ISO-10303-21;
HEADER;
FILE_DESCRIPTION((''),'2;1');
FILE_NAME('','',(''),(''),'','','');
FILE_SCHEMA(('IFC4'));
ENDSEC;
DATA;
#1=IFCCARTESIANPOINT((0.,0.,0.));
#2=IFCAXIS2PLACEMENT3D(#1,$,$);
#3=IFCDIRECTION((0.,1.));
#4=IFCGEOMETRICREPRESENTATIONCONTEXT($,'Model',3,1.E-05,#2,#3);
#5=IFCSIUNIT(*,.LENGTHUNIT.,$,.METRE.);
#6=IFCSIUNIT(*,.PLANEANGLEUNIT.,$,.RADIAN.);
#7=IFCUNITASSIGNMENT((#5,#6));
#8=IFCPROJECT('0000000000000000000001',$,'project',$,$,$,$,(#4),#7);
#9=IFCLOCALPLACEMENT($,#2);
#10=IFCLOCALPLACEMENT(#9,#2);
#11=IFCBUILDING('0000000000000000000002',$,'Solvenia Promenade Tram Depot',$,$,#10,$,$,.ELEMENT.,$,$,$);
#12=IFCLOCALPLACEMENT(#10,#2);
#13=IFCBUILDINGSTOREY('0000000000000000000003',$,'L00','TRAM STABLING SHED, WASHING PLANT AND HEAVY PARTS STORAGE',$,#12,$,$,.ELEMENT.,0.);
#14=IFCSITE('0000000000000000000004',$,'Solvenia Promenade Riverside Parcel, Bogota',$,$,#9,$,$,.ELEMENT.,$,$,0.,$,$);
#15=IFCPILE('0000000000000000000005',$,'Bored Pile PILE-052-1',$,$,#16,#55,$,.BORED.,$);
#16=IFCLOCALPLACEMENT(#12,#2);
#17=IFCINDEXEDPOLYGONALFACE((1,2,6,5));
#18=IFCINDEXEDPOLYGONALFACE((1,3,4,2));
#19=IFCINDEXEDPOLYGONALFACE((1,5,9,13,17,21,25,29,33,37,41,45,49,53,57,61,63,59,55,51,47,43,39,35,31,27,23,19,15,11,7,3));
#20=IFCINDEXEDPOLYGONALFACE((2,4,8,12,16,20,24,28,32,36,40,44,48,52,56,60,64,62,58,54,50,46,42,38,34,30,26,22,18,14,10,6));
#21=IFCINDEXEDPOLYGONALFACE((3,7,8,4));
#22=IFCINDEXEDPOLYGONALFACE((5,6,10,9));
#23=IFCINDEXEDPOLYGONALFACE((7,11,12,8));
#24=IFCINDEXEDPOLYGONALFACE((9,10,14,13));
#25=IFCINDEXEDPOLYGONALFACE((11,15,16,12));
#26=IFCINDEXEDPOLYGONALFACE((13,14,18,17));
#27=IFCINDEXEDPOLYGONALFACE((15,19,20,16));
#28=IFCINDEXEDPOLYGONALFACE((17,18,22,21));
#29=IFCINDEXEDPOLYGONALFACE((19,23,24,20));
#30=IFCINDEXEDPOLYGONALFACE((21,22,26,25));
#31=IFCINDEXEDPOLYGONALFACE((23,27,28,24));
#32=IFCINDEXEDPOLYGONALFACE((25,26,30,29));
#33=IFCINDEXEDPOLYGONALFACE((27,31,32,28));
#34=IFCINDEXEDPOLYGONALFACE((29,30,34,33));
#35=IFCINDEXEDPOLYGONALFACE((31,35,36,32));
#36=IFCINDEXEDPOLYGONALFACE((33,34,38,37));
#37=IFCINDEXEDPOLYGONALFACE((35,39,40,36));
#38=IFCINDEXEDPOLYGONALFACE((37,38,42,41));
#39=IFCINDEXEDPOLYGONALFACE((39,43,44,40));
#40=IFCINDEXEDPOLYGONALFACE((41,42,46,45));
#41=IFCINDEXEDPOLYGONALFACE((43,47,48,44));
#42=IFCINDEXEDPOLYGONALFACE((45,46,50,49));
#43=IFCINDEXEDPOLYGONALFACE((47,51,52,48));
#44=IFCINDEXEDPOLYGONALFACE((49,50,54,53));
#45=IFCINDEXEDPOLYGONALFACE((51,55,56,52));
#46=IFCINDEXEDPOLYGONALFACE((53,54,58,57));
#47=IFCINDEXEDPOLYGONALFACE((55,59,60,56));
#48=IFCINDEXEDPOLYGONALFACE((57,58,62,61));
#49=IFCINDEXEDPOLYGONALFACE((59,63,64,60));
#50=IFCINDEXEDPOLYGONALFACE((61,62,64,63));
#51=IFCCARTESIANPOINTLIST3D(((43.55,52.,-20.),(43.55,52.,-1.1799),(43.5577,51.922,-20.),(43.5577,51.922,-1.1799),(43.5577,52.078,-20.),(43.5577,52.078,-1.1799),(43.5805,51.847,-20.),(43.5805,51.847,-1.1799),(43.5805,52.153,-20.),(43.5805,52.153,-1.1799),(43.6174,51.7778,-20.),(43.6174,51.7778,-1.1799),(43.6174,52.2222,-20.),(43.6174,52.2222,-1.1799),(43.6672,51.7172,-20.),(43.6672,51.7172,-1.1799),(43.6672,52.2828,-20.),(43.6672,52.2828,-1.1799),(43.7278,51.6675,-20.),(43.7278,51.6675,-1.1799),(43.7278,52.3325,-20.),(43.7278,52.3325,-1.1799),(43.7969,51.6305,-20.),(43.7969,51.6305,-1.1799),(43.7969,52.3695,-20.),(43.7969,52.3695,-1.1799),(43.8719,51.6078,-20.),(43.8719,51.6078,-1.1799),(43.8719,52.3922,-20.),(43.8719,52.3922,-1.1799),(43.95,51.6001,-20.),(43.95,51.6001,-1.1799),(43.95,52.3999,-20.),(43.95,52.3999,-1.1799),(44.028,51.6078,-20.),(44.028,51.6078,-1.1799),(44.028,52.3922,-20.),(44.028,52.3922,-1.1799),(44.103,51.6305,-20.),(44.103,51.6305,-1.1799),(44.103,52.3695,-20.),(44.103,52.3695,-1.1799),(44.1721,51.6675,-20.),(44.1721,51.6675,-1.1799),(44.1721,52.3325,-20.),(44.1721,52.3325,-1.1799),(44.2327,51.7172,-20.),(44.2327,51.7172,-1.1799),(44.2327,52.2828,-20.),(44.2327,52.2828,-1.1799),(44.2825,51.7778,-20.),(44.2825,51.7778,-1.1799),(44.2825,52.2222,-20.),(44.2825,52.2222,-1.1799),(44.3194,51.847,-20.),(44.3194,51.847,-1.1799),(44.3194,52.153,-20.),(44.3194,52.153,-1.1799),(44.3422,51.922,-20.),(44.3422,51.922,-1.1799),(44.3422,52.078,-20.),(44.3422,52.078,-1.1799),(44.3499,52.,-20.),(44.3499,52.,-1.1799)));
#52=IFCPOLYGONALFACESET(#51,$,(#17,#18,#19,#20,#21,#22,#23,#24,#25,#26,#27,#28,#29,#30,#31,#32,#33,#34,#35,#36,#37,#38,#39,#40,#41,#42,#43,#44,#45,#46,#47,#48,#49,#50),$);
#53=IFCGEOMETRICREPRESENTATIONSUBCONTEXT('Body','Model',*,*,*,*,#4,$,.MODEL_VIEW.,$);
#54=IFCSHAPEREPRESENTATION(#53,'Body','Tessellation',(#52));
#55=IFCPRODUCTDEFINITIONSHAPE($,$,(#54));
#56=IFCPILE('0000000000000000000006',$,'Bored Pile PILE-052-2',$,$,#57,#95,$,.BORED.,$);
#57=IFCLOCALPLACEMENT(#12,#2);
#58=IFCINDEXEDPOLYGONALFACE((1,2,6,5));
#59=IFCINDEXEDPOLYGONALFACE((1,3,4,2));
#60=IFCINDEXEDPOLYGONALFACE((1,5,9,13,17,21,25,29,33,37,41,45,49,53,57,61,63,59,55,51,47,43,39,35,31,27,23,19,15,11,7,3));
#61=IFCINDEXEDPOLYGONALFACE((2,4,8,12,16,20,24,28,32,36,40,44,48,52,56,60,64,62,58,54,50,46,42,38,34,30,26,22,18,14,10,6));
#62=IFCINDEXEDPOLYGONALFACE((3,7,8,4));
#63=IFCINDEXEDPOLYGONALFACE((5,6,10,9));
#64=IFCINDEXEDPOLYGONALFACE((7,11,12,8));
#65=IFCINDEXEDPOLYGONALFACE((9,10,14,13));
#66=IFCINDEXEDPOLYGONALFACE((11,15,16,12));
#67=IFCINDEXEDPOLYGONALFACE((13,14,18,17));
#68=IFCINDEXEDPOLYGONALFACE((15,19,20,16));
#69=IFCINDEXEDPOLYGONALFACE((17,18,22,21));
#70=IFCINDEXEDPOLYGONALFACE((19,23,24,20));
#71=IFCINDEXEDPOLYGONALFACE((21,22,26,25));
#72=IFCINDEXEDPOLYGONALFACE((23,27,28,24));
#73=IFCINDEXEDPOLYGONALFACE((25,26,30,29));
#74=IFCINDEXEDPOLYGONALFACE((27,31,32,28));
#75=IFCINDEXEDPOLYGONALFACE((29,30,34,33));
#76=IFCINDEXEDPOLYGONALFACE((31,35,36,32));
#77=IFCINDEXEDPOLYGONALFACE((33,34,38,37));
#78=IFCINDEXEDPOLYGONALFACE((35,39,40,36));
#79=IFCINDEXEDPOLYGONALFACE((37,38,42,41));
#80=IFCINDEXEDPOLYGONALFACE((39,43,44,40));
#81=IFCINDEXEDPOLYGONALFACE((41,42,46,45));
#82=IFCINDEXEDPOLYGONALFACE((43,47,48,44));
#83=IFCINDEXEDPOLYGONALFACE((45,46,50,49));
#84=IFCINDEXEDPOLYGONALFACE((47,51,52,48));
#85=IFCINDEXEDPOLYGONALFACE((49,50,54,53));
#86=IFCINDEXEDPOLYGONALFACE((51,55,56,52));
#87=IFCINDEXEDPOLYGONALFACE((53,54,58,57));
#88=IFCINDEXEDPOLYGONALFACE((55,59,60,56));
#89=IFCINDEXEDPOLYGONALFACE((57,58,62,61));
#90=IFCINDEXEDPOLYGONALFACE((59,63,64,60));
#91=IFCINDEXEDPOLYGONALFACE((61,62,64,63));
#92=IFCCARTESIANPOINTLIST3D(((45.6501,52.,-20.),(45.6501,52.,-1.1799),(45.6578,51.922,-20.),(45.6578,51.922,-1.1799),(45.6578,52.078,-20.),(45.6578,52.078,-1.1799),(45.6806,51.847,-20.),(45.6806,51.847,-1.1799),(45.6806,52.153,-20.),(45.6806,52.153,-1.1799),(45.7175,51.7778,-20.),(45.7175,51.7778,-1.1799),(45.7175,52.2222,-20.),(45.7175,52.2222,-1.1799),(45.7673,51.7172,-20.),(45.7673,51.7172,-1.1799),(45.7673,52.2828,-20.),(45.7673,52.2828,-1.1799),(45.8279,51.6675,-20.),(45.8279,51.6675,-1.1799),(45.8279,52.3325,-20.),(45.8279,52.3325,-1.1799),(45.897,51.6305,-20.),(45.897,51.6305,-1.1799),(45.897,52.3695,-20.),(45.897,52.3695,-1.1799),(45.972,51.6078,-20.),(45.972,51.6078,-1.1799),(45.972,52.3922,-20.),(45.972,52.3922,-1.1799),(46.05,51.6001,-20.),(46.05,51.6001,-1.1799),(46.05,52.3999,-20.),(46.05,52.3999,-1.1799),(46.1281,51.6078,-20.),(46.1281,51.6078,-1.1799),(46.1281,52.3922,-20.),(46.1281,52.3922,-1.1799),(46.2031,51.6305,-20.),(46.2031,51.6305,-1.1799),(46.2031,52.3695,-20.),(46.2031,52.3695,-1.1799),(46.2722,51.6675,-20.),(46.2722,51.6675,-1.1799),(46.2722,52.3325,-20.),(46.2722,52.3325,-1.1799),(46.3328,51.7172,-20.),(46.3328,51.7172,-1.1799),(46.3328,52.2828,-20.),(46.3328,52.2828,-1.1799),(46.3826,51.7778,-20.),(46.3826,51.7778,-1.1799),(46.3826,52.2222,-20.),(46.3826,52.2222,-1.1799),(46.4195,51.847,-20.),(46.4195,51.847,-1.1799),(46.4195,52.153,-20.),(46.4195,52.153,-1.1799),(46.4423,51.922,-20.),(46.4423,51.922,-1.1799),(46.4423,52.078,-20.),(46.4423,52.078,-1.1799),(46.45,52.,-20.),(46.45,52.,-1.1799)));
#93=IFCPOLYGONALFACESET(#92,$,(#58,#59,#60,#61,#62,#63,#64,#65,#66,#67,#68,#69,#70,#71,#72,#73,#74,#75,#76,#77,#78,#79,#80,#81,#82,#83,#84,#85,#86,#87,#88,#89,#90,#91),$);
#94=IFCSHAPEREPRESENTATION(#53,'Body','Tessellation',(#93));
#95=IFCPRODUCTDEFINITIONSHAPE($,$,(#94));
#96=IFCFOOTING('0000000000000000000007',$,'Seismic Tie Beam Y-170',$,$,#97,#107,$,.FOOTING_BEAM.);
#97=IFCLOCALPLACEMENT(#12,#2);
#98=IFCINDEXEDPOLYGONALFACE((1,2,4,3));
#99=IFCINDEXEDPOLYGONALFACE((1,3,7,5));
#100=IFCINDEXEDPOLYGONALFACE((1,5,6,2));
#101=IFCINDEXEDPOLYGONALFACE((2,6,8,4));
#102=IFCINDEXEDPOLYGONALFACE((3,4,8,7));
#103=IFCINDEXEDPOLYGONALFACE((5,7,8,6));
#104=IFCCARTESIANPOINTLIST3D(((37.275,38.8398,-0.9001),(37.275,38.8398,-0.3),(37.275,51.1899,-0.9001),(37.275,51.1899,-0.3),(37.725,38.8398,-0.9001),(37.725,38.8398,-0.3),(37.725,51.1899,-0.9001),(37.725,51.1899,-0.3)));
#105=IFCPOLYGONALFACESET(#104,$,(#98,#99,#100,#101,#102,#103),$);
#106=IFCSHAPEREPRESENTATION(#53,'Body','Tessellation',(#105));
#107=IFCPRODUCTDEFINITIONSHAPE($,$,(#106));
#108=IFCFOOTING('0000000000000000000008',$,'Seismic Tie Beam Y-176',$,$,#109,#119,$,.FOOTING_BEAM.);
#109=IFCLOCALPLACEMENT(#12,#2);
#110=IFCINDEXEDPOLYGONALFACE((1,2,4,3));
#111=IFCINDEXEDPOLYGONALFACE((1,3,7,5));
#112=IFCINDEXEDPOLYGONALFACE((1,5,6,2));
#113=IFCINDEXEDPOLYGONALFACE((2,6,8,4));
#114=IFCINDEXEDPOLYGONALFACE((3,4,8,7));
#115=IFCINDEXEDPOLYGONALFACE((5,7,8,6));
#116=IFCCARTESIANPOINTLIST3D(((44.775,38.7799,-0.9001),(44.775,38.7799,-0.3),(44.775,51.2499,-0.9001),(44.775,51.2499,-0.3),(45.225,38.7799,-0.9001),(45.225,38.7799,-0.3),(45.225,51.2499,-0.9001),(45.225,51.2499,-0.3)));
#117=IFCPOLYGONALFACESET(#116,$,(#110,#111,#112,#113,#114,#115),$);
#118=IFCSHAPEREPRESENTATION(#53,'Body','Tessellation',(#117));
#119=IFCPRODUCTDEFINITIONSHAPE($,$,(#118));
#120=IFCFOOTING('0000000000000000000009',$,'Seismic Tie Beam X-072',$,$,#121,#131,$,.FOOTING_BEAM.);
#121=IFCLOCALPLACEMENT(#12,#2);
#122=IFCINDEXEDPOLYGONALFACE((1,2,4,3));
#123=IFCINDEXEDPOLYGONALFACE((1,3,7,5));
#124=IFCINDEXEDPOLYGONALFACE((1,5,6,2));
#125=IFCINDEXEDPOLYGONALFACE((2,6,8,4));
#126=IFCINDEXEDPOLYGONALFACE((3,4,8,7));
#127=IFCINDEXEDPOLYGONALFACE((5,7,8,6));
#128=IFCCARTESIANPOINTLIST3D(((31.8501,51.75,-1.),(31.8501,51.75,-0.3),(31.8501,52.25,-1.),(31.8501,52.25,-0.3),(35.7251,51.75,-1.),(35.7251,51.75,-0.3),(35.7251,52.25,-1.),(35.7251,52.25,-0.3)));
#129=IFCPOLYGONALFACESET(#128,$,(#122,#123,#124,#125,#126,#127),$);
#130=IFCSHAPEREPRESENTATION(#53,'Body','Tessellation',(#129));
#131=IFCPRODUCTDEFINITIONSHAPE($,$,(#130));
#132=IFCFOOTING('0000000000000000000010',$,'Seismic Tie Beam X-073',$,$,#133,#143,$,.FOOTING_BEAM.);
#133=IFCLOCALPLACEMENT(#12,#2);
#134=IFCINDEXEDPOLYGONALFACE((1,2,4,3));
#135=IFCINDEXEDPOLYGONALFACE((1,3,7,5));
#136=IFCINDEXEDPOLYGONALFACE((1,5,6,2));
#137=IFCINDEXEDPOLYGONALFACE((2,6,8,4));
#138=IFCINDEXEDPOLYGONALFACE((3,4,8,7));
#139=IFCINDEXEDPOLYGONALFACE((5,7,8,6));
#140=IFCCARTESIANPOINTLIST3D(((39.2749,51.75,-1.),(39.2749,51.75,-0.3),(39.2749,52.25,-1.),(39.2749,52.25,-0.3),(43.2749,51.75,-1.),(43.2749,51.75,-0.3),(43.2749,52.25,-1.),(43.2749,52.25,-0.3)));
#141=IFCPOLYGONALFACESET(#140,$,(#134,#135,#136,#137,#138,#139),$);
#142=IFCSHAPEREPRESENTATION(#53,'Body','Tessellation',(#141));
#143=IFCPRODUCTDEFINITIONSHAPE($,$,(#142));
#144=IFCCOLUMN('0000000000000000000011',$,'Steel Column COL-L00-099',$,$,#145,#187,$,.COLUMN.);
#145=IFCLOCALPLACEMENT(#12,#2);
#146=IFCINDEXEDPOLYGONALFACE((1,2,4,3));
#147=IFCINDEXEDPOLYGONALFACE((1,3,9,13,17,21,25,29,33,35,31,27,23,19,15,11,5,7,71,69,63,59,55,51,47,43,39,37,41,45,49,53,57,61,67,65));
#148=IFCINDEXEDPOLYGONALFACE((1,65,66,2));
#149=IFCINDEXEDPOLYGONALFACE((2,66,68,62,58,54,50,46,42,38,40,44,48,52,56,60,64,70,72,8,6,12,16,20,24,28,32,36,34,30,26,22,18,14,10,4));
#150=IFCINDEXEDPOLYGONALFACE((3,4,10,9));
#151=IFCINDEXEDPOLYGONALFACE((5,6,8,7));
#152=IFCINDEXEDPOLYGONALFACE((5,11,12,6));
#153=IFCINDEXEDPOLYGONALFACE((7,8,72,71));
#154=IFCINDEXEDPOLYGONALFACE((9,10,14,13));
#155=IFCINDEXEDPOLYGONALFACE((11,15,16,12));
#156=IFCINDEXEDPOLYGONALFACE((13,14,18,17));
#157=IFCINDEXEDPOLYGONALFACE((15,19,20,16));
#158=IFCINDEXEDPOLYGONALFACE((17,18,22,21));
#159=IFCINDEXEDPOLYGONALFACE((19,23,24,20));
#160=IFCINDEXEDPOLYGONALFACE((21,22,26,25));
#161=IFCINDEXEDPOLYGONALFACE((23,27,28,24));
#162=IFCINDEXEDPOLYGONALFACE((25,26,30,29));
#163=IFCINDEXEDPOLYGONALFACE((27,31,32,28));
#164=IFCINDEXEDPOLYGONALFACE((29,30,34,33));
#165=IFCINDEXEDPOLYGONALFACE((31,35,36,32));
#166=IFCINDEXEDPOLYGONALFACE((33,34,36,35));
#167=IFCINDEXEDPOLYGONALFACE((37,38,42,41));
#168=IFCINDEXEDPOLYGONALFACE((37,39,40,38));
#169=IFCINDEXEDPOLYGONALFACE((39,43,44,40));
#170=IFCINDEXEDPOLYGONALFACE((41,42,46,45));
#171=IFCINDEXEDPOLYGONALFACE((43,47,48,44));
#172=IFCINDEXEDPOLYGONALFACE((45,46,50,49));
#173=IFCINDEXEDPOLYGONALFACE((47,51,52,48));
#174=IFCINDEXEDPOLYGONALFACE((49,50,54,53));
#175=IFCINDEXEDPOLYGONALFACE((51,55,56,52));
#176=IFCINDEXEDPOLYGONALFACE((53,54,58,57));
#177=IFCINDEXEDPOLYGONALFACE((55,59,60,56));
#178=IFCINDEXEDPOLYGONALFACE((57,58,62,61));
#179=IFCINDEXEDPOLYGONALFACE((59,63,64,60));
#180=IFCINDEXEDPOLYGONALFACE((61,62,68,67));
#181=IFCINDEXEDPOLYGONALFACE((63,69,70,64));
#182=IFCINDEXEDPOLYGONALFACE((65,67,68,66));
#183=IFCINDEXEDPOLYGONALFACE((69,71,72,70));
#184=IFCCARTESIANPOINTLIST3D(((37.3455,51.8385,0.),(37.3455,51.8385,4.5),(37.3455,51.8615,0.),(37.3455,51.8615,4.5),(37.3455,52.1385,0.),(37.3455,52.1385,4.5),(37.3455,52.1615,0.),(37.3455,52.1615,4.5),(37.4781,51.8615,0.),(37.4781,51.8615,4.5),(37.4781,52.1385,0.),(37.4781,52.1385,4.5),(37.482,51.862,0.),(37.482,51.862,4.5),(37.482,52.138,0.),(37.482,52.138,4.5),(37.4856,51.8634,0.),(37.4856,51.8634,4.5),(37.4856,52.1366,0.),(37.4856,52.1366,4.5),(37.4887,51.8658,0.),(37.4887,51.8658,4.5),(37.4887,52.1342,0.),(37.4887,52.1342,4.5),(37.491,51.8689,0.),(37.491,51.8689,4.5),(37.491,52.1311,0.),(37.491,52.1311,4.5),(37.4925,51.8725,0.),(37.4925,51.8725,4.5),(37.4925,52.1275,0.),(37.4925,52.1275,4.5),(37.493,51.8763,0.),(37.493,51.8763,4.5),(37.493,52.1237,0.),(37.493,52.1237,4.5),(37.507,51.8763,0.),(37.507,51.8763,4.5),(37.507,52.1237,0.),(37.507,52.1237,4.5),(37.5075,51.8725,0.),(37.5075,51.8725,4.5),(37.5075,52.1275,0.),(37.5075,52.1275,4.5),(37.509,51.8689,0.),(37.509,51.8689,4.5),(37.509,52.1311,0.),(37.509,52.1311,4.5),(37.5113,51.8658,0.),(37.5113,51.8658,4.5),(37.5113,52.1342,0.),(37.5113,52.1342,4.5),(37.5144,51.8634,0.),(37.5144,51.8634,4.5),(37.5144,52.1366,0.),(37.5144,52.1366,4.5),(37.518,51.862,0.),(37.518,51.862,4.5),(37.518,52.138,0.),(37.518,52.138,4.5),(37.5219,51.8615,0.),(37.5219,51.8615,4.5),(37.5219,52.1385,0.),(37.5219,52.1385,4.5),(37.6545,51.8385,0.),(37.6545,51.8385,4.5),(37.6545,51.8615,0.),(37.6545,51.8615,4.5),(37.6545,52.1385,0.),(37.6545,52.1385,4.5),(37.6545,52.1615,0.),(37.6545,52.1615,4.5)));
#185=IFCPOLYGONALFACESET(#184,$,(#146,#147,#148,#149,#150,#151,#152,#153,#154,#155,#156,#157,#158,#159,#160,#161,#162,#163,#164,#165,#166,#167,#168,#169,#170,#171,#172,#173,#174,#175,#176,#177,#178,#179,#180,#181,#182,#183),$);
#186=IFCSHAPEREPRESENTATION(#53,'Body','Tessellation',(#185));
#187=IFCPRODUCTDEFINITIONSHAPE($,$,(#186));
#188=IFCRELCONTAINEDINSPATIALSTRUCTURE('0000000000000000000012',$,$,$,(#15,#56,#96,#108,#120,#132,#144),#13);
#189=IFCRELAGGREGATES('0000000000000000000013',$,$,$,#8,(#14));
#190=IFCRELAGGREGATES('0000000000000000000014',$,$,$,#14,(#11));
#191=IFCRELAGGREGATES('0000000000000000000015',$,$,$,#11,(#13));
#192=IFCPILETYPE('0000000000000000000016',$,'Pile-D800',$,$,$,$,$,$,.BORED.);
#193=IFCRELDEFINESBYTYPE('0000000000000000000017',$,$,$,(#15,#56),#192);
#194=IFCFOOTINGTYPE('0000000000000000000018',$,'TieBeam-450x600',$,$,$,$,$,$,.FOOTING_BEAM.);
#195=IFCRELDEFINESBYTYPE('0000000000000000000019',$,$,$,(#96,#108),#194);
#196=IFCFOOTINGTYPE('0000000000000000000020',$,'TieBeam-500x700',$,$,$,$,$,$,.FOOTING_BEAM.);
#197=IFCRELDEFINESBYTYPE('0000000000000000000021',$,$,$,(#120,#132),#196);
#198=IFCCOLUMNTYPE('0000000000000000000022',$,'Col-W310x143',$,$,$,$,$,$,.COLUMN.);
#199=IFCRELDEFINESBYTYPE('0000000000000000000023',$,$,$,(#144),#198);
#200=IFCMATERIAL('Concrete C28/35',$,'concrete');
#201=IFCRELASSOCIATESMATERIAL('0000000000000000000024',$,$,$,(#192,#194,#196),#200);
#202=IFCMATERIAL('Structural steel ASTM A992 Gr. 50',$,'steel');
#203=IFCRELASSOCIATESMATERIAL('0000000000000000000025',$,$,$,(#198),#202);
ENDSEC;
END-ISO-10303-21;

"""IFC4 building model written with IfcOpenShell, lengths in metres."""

from ifc_helpers import new_model, si_unit, direction, frame, origin, origin_2d, place, context, subcontext, project, spatial, rectangle, circle, i_section, extrude, material, material_profile, profile_set, type_object, element, save


model = new_model("IFC4")

# Units and contexts
model_context = context("Model", 3, precision=1e-05, world=origin(), true_north=direction((0.0, 1.0)))
body_context = subcontext(model_context, "Body", "Model", "MODEL_VIEW")
ifc_project = project(units=[si_unit("LENGTHUNIT", "METRE"), si_unit("PLANEANGLEUNIT", "RADIAN")], contexts=[model_context])

# Site, building, storey
site_placement = place(None, origin())
site = spatial("IfcSite", under=ifc_project, at=site_placement, Name="Solvenia Promenade Riverside Parcel, Bogota", CompositionType="ELEMENT", RefElevation=0.0)
building_placement = place(site_placement, origin())
building = spatial("IfcBuilding", under=site, at=building_placement, Name="Solvenia Promenade Tram Depot", CompositionType="ELEMENT")
storey_placement = place(building_placement, origin())
storey = spatial("IfcBuildingStorey", under=building, at=storey_placement, Name="L00", Description="TRAM STABLING SHED, WASHING PLANT AND HEAVY PARTS STORAGE", CompositionType="ELEMENT", Elevation=0.0)

# Shared definitions
ifc_material_1 = material(Name="Concrete C28/35", Category="concrete")

# Piles
ifc_material_profile_1 = material_profile(ifc_material_1, circle(Radius=0.3999, at=origin_2d()), Name="D800", Category="concrete")
ifc_profile_set_1 = profile_set([ifc_material_profile_1], Name="Concrete C28/35")
pile_type = type_object("IfcPileType", Name="Pile-D800", PredefinedType="BORED", material=ifc_profile_set_1)
for number, where, z_axis, x_axis, name in (
    (1, (43.95, 52.0, -1.1799), (0.0, 0.0, -1.0), (1.0, 0.0, 0.0), "Bored Pile PILE-052-1"),
    (2, (46.05, 52.0, -1.1799), (0.0, 0.0, -1.0), (1.0, 0.0, 0.0), "Bored Pile PILE-052-2"),
):
    element("IfcPile", number, at=place(storey_placement, frame(where, z_axis=z_axis, x_axis=x_axis)), inside=storey, type_object=pile_type, Name=name, PredefinedType="BORED", context=body_context, shape_type="SweptSolid", body=[
        extrude(circle(Radius=0.3999, at=origin_2d()), origin(), (0.0, 0.0, 1.0), 18.8201),
    ])

# Footings
footing_type_1 = type_object("IfcFootingType", Name="TieBeam-450x600", PredefinedType="FOOTING_BEAM", material=ifc_material_1)
footing_1_placement = place(storey_placement, frame((37.5, 45.0149, -0.9001), z_axis=(0.0, 0.0, 1.0), x_axis=(1.0, 0.0, 0.0)))
element("IfcFooting", 3, at=footing_1_placement, inside=storey, type_object=footing_type_1, Name="Seismic Tie Beam Y-170", PredefinedType="FOOTING_BEAM", context=body_context, shape_type="SweptSolid", body=[
    extrude(rectangle(XDim=0.45, YDim=12.3501, at=origin_2d()), origin(), (0.0, 0.0, 1.0), 0.6001),
])
footing_2_placement = place(storey_placement, frame((45.0, 45.0149, -0.9001), z_axis=(0.0, 0.0, 1.0), x_axis=(1.0, 0.0, 0.0)))
element("IfcFooting", 4, at=footing_2_placement, inside=storey, type_object=footing_type_1, Name="Seismic Tie Beam Y-176", PredefinedType="FOOTING_BEAM", context=body_context, shape_type="SweptSolid", body=[
    extrude(rectangle(XDim=0.45, YDim=12.47, at=origin_2d()), origin(), (0.0, 0.0, 1.0), 0.6001),
])
footing_type_2 = type_object("IfcFootingType", Name="TieBeam-500x700", PredefinedType="FOOTING_BEAM", material=ifc_material_1)
footing_3_placement = place(storey_placement, frame((33.7876, 52.0, -1.0), z_axis=(0.0, 0.0, 1.0), x_axis=(1.0, 0.0, 0.0)))
element("IfcFooting", 5, at=footing_3_placement, inside=storey, type_object=footing_type_2, Name="Seismic Tie Beam X-072", PredefinedType="FOOTING_BEAM", context=body_context, shape_type="SweptSolid", body=[
    extrude(rectangle(XDim=3.875, YDim=0.5, at=origin_2d()), origin(), (0.0, 0.0, 1.0), 0.7),
])
footing_4_placement = place(storey_placement, frame((41.2749, 52.0, -1.0), z_axis=(0.0, 0.0, 1.0), x_axis=(1.0, 0.0, 0.0)))
element("IfcFooting", 6, at=footing_4_placement, inside=storey, type_object=footing_type_2, Name="Seismic Tie Beam X-073", PredefinedType="FOOTING_BEAM", context=body_context, shape_type="SweptSolid", body=[
    extrude(rectangle(XDim=4.0, YDim=0.5, at=origin_2d()), origin(), (0.0, 0.0, 1.0), 0.7),
])

# Column
ifc_material_2 = material(Name="Structural steel ASTM A992 Gr. 50", Category="steel")
ifc_material_profile_2 = material_profile(ifc_material_2, i_section(OverallWidth=0.3091, OverallDepth=0.323, WebThickness=0.0139, FlangeThickness=0.0229, FilletRadius=0.0149, at=origin_2d()), Name="W310x143", Category="steel")
ifc_profile_set_2 = profile_set([ifc_material_profile_2], Name="Structural steel ASTM A992 Gr. 50")
column_type = type_object("IfcColumnType", Name="Col-W310x143", PredefinedType="COLUMN", material=ifc_profile_set_2)
for number, where, z_axis, x_axis, name in (
    (7, (37.5, 52.0, 0.0), (0.0, 0.0, 1.0), (1.0, 0.0, 0.0), "Steel Column COL-L00-099"),
):
    element("IfcColumn", number, at=place(storey_placement, frame(where, z_axis=z_axis, x_axis=x_axis)), inside=storey, type_object=column_type, Name=name, PredefinedType="COLUMN", context=body_context, shape_type="SweptSolid", body=[
        extrude(i_section(OverallWidth=0.3091, OverallDepth=0.323, WebThickness=0.0139, FlangeThickness=0.0229, FilletRadius=0.0149, at=origin_2d()), origin(), (0.0, 0.0, 1.0), 4.5),
    ])

save(model, "model.ifc")
